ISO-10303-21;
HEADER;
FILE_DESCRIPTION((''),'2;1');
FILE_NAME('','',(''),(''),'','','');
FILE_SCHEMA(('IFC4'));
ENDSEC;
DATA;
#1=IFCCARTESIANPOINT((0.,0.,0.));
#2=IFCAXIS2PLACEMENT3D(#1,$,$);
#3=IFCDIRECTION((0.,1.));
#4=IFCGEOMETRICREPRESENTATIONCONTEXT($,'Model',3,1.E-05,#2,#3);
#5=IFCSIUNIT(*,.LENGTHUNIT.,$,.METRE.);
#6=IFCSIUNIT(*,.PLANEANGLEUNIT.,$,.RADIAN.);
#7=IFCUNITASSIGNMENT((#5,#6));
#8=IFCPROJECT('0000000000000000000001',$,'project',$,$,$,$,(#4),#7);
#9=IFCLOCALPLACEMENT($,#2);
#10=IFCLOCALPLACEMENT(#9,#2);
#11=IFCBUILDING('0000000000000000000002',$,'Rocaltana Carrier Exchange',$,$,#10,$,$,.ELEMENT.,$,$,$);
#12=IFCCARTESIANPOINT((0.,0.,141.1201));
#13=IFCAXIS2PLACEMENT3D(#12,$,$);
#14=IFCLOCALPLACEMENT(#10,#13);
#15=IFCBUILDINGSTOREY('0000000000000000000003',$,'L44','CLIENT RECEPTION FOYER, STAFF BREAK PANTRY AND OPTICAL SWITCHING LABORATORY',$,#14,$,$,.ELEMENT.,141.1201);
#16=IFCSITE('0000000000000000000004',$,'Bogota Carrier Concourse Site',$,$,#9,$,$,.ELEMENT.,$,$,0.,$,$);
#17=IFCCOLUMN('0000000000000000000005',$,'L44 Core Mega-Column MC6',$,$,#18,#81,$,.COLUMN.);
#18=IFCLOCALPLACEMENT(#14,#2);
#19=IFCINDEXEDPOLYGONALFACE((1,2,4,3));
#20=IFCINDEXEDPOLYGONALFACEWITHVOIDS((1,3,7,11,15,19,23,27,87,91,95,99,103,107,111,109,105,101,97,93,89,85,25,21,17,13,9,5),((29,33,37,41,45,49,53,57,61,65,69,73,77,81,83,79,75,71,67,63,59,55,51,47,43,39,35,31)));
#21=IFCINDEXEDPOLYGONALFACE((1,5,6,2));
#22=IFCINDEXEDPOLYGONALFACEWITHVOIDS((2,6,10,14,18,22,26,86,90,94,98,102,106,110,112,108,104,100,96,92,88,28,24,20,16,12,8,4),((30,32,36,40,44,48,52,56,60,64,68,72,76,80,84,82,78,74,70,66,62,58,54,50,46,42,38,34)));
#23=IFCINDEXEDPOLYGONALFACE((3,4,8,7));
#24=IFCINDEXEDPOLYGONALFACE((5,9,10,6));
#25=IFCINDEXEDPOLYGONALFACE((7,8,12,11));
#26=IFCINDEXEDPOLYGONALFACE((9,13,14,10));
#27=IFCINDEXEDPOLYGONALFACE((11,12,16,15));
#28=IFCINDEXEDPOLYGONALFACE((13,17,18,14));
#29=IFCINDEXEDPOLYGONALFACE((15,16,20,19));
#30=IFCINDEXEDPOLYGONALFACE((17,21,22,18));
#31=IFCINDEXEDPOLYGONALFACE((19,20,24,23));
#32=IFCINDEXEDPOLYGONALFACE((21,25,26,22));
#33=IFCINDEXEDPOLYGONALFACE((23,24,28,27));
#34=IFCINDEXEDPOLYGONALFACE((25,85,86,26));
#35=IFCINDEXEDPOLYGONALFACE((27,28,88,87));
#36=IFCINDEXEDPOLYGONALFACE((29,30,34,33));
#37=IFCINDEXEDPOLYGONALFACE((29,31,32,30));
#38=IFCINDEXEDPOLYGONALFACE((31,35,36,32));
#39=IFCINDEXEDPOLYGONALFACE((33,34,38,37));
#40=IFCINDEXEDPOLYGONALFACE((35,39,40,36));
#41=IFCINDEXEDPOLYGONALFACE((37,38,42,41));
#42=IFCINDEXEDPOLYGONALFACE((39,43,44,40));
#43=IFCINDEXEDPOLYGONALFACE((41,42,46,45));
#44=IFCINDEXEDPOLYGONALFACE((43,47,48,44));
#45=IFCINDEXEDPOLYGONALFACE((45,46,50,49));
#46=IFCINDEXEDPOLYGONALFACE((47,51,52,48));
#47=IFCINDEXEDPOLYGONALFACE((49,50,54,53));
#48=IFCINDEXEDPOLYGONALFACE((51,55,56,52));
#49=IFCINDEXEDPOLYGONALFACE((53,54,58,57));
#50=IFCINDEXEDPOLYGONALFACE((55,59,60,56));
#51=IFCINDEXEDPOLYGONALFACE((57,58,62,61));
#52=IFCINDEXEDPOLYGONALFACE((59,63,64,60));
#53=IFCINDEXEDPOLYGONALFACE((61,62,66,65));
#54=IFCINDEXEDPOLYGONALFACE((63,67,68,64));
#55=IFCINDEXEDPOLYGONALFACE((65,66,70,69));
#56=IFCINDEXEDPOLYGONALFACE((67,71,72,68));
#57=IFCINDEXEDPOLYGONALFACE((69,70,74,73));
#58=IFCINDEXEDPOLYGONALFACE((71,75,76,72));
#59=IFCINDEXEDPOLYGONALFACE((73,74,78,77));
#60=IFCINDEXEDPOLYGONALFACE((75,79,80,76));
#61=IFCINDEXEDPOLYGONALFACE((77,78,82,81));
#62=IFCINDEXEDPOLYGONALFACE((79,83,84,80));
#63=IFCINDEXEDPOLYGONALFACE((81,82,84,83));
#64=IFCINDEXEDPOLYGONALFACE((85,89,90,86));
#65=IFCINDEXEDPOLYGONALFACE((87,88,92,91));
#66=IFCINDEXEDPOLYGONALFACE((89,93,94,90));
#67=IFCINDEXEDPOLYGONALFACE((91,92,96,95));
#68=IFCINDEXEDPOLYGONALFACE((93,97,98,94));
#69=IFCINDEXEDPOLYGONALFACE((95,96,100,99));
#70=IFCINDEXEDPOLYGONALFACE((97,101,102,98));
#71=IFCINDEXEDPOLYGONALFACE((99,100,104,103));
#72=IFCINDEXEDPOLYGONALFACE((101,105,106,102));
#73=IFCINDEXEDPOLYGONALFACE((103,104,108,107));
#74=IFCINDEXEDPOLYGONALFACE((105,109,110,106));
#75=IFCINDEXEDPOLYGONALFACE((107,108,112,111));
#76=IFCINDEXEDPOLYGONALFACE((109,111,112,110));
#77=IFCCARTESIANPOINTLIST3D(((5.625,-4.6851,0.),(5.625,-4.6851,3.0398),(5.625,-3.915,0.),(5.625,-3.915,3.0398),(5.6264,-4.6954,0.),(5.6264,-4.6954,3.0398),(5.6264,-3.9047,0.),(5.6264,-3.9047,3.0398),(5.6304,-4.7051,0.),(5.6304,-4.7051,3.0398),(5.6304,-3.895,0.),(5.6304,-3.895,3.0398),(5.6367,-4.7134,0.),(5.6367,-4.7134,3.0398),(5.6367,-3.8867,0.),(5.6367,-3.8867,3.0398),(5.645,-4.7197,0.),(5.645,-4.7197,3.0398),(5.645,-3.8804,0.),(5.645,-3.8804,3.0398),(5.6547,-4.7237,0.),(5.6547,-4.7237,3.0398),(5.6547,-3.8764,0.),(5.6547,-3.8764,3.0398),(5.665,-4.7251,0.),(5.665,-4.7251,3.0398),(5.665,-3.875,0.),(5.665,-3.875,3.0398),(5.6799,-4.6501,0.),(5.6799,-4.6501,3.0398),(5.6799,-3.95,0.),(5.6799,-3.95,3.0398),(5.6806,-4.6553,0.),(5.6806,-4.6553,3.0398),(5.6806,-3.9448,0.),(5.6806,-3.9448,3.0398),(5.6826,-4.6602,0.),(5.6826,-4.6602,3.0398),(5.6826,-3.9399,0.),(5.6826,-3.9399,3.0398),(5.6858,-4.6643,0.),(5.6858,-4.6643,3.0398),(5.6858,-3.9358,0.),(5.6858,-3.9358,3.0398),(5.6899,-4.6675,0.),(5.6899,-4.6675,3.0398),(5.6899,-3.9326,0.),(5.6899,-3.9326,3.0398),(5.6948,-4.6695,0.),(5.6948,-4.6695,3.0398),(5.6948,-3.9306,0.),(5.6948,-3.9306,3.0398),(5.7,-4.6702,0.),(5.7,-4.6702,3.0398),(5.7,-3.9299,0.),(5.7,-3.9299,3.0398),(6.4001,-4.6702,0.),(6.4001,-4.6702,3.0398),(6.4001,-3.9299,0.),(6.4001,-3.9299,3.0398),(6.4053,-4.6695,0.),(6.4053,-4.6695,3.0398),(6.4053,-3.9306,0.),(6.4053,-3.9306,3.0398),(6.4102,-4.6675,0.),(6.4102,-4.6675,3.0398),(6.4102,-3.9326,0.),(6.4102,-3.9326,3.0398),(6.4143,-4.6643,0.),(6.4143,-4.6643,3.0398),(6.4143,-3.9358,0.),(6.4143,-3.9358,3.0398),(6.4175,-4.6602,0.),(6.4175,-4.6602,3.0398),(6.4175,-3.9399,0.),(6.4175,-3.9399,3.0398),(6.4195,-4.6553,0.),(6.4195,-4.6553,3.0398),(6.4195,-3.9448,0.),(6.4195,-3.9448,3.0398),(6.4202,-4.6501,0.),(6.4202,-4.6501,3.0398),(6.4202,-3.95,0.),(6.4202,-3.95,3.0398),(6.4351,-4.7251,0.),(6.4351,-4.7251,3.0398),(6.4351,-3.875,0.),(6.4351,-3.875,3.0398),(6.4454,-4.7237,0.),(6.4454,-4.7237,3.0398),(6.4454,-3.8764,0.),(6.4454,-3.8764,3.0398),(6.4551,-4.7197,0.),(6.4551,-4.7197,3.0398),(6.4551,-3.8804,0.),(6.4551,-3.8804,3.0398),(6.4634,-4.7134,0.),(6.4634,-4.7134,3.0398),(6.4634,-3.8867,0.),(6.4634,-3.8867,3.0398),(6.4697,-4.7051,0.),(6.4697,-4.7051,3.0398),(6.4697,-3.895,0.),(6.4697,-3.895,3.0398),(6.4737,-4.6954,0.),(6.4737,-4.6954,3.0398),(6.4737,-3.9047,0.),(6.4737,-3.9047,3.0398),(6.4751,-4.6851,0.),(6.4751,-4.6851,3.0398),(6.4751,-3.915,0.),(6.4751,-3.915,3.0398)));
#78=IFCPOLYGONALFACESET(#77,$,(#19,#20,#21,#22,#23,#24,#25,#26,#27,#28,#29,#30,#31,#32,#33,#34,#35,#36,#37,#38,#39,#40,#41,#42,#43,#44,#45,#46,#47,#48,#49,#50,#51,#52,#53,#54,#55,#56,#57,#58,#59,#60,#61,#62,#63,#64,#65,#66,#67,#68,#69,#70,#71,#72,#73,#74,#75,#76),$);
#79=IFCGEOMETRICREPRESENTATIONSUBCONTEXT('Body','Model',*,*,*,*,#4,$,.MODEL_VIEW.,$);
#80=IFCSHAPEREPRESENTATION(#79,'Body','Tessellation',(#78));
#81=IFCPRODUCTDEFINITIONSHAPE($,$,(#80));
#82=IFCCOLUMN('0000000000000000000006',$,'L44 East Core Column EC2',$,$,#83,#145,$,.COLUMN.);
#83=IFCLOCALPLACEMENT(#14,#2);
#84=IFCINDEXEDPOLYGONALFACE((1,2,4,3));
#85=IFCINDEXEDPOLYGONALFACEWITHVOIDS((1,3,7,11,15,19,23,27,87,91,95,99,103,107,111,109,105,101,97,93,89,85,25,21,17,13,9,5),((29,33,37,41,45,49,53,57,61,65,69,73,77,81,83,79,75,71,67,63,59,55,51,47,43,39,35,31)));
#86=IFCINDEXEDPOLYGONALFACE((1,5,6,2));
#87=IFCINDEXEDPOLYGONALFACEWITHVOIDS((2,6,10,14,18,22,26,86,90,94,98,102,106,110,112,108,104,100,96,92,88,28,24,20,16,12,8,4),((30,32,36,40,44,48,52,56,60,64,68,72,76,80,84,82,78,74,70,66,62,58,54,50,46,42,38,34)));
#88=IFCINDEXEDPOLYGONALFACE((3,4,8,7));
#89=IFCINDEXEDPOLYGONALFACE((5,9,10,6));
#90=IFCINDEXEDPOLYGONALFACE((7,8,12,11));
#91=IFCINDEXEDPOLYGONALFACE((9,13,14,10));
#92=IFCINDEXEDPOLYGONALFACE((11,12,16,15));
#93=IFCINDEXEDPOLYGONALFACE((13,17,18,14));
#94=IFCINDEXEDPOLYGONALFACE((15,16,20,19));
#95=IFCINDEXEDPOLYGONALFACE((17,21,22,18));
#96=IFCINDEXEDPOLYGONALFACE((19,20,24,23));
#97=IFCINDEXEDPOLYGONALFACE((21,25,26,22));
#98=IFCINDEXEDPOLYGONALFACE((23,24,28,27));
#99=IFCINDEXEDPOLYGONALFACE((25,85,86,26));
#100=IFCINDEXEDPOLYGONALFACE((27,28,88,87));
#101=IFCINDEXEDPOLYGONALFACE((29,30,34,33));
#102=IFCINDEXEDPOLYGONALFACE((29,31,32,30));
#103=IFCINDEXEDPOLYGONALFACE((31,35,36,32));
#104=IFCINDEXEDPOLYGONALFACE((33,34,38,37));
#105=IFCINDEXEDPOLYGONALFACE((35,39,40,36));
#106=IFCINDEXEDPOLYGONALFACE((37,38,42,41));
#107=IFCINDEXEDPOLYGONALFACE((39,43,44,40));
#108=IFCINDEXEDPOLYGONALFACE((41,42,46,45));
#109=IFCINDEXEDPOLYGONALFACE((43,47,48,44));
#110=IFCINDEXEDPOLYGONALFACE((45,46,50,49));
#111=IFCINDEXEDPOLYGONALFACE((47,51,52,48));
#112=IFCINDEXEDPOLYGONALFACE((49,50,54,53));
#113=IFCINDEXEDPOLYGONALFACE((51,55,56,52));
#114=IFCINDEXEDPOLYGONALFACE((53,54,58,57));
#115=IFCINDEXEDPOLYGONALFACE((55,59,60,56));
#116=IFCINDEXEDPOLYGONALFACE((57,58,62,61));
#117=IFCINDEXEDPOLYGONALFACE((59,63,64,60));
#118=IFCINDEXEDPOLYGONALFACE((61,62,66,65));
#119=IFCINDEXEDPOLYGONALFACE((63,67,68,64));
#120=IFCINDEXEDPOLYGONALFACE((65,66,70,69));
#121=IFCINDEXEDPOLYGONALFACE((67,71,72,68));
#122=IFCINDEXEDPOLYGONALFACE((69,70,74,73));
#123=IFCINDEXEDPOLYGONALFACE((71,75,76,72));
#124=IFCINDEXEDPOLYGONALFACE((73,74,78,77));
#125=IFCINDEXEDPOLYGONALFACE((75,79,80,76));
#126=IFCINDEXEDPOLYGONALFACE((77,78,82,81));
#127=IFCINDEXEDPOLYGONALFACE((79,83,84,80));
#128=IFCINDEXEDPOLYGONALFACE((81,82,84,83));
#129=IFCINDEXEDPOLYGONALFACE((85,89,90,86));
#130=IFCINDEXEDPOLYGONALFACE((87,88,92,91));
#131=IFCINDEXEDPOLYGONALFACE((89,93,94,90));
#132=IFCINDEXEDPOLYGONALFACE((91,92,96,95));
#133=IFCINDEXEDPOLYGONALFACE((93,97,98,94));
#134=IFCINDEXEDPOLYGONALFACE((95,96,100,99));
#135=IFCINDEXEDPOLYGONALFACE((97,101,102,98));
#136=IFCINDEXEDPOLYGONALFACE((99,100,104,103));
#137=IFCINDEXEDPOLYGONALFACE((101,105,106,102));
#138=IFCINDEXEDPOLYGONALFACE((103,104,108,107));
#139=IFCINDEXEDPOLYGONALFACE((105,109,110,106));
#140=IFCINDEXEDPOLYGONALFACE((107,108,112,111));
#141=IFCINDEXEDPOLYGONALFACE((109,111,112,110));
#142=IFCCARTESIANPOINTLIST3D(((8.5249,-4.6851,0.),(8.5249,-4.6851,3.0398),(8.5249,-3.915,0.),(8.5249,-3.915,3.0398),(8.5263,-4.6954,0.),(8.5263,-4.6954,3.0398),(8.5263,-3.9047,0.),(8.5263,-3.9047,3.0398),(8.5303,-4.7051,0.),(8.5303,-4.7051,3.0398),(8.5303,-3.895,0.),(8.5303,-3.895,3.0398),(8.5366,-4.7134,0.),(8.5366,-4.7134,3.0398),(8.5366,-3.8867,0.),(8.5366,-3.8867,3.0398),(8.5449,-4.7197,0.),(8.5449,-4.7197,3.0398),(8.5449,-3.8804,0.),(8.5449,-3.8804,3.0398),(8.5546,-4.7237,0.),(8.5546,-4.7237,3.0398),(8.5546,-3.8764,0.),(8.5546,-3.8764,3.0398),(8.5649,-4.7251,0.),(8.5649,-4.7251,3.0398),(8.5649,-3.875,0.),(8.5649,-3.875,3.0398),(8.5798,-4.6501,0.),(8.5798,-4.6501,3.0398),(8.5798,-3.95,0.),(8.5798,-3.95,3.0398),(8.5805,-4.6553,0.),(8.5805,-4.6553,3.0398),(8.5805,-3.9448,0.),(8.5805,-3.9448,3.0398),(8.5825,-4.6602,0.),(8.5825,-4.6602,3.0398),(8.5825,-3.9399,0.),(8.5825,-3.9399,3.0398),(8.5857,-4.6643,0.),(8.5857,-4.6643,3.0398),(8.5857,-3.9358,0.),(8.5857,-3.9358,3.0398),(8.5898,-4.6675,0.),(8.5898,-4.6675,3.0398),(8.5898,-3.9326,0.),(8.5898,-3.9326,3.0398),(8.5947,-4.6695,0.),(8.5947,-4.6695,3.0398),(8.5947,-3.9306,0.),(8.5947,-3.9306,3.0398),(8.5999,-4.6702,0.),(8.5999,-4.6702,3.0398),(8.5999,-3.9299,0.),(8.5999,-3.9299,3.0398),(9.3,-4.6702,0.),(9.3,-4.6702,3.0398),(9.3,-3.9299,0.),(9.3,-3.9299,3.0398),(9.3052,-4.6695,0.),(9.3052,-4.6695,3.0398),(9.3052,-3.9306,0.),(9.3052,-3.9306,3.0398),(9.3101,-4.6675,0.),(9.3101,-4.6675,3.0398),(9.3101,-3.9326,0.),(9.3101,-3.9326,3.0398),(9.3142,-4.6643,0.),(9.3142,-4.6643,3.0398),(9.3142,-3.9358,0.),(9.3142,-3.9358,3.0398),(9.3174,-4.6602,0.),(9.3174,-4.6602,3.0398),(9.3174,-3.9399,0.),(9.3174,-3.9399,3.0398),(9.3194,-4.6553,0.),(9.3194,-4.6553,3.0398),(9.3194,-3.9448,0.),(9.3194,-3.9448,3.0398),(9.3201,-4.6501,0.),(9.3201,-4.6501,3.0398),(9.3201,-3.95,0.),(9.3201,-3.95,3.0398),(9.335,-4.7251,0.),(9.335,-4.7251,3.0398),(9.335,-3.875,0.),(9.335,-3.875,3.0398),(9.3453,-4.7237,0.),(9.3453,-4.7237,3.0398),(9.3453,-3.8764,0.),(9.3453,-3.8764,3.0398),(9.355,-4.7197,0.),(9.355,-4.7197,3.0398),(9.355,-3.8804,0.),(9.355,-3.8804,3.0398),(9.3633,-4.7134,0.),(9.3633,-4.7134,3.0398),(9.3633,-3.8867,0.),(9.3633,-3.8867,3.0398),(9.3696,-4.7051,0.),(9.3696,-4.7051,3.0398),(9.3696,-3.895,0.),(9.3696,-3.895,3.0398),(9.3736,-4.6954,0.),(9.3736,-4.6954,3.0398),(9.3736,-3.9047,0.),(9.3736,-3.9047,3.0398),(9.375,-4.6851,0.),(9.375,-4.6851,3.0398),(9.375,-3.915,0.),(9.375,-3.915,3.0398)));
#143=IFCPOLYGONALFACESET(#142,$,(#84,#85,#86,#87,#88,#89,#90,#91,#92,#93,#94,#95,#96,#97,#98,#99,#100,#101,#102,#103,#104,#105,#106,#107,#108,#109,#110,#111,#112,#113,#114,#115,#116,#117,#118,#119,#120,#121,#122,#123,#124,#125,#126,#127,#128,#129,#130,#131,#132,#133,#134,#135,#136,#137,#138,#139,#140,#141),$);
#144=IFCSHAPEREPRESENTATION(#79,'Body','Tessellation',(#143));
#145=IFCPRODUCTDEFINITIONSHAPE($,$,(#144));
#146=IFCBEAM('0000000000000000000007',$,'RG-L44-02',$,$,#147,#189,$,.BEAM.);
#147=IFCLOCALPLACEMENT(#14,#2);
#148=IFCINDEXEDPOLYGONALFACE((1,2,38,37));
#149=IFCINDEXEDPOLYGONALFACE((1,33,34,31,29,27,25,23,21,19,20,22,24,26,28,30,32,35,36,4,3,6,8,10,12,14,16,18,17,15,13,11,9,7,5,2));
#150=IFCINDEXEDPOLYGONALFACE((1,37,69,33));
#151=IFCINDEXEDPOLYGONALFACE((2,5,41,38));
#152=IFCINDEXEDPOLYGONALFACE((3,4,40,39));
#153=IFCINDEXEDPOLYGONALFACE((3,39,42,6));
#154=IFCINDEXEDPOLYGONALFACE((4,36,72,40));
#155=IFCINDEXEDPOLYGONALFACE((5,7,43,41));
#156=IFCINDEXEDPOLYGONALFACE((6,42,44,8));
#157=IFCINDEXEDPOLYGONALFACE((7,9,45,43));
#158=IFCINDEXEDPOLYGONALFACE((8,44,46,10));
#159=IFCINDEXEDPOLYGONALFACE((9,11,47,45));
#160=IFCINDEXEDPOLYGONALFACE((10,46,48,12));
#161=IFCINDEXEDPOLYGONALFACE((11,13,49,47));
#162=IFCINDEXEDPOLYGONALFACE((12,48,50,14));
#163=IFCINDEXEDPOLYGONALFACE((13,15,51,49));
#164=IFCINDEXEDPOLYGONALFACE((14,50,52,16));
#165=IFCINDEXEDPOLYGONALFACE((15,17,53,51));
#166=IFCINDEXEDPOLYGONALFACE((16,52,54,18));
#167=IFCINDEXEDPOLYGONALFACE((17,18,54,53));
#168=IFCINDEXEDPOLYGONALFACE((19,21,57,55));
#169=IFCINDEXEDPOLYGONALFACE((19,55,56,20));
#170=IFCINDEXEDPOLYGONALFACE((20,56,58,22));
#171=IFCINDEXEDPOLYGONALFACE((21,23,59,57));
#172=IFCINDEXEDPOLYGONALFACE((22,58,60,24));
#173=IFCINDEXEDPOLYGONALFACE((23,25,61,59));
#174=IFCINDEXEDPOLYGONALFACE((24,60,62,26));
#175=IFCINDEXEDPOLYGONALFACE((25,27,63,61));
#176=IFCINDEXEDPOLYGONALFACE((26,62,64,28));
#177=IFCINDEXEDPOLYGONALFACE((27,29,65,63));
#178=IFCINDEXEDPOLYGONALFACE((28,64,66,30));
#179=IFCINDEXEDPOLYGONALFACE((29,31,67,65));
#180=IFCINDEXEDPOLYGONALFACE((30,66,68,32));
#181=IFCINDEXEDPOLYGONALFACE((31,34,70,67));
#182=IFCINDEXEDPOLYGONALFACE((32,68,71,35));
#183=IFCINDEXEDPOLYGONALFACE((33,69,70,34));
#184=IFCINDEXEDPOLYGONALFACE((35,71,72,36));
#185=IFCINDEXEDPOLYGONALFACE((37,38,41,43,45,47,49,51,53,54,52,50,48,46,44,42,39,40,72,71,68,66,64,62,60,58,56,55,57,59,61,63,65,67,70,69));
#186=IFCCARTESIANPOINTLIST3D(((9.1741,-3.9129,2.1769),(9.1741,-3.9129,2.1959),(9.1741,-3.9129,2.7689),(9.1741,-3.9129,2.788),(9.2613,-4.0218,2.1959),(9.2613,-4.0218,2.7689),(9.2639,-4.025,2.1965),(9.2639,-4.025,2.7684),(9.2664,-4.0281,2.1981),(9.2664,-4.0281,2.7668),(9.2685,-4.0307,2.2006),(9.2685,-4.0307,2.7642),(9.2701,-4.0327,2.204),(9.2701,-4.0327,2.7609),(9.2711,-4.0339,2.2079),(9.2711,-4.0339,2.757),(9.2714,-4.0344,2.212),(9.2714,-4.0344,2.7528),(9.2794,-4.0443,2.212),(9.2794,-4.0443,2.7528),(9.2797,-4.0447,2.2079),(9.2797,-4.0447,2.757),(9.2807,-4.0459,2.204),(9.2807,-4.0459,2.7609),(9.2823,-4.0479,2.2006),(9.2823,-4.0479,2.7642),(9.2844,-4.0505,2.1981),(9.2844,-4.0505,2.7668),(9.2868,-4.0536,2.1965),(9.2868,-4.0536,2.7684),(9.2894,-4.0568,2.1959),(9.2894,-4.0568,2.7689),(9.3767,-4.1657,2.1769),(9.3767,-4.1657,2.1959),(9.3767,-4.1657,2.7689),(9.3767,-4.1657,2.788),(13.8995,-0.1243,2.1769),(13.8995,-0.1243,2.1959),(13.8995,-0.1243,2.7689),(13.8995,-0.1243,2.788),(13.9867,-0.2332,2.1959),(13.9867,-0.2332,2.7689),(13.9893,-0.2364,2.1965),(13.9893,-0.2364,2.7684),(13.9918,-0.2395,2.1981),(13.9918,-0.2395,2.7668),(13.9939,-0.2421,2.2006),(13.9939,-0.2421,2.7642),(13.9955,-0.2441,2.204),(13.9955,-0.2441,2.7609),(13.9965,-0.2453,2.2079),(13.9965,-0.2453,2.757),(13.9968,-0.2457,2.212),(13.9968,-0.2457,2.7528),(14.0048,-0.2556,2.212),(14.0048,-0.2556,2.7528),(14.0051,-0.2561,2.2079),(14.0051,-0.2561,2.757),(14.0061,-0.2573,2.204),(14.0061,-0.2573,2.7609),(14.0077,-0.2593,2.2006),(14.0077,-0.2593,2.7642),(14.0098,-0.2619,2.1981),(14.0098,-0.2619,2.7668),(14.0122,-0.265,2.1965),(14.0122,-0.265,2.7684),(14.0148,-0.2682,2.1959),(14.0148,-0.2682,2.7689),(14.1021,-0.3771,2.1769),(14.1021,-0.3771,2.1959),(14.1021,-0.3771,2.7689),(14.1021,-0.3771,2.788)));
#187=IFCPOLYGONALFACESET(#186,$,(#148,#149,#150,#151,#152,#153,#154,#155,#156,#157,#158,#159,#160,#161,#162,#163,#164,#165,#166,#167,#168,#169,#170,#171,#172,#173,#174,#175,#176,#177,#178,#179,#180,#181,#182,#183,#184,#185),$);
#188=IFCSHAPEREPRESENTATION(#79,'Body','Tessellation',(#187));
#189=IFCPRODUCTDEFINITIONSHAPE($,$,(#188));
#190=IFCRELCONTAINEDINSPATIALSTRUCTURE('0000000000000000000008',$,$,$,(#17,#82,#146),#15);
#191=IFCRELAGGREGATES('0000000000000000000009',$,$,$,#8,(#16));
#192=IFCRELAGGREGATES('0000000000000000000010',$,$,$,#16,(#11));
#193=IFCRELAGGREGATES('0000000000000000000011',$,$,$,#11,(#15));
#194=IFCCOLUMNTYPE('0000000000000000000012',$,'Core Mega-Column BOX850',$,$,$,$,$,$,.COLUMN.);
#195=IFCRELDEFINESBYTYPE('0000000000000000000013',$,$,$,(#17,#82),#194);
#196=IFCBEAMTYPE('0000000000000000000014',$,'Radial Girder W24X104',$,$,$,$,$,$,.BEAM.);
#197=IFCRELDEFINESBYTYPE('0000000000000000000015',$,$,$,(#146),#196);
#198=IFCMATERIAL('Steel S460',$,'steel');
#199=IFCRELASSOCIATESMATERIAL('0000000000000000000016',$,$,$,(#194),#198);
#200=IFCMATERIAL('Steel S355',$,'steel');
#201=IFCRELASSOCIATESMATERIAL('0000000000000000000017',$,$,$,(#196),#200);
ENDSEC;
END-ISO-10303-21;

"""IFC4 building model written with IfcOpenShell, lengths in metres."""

from ifc_helpers import new_model, si_unit, direction, frame, origin, origin_2d, place, context, subcontext, project, spatial, hollow_rectangle, i_section, extrude, material, material_profile, profile_set, type_object, element, save


model = new_model("IFC4")

# Units and contexts
model_context = context("Model", 3, precision=1e-05, world=origin(), true_north=direction((0.0, 1.0)))
body_context = subcontext(model_context, "Body", "Model", "MODEL_VIEW")
ifc_project = project(units=[si_unit("LENGTHUNIT", "METRE"), si_unit("PLANEANGLEUNIT", "RADIAN")], contexts=[model_context])

# Site, building, storey
site_placement = place(None, origin())
site = spatial("IfcSite", under=ifc_project, at=site_placement, Name="Bogota Carrier Concourse Site", CompositionType="ELEMENT", RefElevation=0.0)
building_placement = place(site_placement, origin())
building = spatial("IfcBuilding", under=site, at=building_placement, Name="Rocaltana Carrier Exchange", CompositionType="ELEMENT")
storey_placement = place(building_placement, frame((0.0, 0.0, 141.1201)))
storey = spatial("IfcBuildingStorey", under=building, at=storey_placement, Name="L44", Description="CLIENT RECEPTION FOYER, STAFF BREAK PANTRY AND OPTICAL SWITCHING LABORATORY", CompositionType="ELEMENT", Elevation=141.1201)

# Columns
ifc_material_1 = material(Name="Steel S460", Category="steel")
ifc_material_profile_1 = material_profile(ifc_material_1, hollow_rectangle(XDim=0.8501, YDim=0.8501, WallThickness=0.0549, InnerFilletRadius=0.02, OuterFilletRadius=0.04, at=origin_2d()), Name="BOX850X850X55")
ifc_profile_set_1 = profile_set([ifc_material_profile_1], Name="Steel S460")
column_type = type_object("IfcColumnType", Name="Core Mega-Column BOX850", PredefinedType="COLUMN", material=ifc_profile_set_1)
for number, where, z_axis, x_axis, name in (
    (1, (6.05, -4.3, 0.0), (0.0, 0.0, 1.0), (1.0, 0.0, 0.0), "L44 Core Mega-Column MC6"),
    (2, (8.95, -4.3, 0.0), (0.0, 0.0, 1.0), (1.0, 0.0, 0.0), "L44 East Core Column EC2"),
):
    element("IfcColumn", number, at=place(storey_placement, frame(where, z_axis=z_axis, x_axis=x_axis)), inside=storey, type_object=column_type, Name=name, PredefinedType="COLUMN", context=body_context, shape_type="SweptSolid", body=[
        extrude(hollow_rectangle(XDim=0.8501, YDim=0.8501, WallThickness=0.0549, InnerFilletRadius=0.02, OuterFilletRadius=0.04, at=origin_2d()), origin(), (0.0, 0.0, 1.0), 3.0398),
    ])

# Beam
ifc_material_2 = material(Name="Steel S355", Category="steel")
ifc_material_profile_2 = material_profile(ifc_material_2, i_section(OverallWidth=0.324, OverallDepth=0.6111, WebThickness=0.0127, FlangeThickness=0.019, FilletRadius=0.0161, at=origin_2d()), Name="W24X104")
ifc_profile_set_2 = profile_set([ifc_material_profile_2], Name="Steel S355")
beam_type = type_object("IfcBeamType", Name="Radial Girder W24X104", PredefinedType="BEAM", material=ifc_profile_set_2)
beam_placement = place(storey_placement, frame((9.2754, -4.0393, 2.4824), z_axis=(0.7802, 0.62553, 0.0), x_axis=(-0.62553, 0.7802, 0.0)))
element("IfcBeam", 3, at=beam_placement, inside=storey, type_object=beam_type, Name="RG-L44-02", PredefinedType="BEAM", context=body_context, shape_type="SweptSolid", body=[
    extrude(i_section(OverallWidth=0.324, OverallDepth=0.6111, WebThickness=0.0127, FlangeThickness=0.019, FilletRadius=0.0161, at=origin_2d()), origin(), (0.0, 0.0, 1.0), 6.0566),
])

save(model, "model.ifc")
